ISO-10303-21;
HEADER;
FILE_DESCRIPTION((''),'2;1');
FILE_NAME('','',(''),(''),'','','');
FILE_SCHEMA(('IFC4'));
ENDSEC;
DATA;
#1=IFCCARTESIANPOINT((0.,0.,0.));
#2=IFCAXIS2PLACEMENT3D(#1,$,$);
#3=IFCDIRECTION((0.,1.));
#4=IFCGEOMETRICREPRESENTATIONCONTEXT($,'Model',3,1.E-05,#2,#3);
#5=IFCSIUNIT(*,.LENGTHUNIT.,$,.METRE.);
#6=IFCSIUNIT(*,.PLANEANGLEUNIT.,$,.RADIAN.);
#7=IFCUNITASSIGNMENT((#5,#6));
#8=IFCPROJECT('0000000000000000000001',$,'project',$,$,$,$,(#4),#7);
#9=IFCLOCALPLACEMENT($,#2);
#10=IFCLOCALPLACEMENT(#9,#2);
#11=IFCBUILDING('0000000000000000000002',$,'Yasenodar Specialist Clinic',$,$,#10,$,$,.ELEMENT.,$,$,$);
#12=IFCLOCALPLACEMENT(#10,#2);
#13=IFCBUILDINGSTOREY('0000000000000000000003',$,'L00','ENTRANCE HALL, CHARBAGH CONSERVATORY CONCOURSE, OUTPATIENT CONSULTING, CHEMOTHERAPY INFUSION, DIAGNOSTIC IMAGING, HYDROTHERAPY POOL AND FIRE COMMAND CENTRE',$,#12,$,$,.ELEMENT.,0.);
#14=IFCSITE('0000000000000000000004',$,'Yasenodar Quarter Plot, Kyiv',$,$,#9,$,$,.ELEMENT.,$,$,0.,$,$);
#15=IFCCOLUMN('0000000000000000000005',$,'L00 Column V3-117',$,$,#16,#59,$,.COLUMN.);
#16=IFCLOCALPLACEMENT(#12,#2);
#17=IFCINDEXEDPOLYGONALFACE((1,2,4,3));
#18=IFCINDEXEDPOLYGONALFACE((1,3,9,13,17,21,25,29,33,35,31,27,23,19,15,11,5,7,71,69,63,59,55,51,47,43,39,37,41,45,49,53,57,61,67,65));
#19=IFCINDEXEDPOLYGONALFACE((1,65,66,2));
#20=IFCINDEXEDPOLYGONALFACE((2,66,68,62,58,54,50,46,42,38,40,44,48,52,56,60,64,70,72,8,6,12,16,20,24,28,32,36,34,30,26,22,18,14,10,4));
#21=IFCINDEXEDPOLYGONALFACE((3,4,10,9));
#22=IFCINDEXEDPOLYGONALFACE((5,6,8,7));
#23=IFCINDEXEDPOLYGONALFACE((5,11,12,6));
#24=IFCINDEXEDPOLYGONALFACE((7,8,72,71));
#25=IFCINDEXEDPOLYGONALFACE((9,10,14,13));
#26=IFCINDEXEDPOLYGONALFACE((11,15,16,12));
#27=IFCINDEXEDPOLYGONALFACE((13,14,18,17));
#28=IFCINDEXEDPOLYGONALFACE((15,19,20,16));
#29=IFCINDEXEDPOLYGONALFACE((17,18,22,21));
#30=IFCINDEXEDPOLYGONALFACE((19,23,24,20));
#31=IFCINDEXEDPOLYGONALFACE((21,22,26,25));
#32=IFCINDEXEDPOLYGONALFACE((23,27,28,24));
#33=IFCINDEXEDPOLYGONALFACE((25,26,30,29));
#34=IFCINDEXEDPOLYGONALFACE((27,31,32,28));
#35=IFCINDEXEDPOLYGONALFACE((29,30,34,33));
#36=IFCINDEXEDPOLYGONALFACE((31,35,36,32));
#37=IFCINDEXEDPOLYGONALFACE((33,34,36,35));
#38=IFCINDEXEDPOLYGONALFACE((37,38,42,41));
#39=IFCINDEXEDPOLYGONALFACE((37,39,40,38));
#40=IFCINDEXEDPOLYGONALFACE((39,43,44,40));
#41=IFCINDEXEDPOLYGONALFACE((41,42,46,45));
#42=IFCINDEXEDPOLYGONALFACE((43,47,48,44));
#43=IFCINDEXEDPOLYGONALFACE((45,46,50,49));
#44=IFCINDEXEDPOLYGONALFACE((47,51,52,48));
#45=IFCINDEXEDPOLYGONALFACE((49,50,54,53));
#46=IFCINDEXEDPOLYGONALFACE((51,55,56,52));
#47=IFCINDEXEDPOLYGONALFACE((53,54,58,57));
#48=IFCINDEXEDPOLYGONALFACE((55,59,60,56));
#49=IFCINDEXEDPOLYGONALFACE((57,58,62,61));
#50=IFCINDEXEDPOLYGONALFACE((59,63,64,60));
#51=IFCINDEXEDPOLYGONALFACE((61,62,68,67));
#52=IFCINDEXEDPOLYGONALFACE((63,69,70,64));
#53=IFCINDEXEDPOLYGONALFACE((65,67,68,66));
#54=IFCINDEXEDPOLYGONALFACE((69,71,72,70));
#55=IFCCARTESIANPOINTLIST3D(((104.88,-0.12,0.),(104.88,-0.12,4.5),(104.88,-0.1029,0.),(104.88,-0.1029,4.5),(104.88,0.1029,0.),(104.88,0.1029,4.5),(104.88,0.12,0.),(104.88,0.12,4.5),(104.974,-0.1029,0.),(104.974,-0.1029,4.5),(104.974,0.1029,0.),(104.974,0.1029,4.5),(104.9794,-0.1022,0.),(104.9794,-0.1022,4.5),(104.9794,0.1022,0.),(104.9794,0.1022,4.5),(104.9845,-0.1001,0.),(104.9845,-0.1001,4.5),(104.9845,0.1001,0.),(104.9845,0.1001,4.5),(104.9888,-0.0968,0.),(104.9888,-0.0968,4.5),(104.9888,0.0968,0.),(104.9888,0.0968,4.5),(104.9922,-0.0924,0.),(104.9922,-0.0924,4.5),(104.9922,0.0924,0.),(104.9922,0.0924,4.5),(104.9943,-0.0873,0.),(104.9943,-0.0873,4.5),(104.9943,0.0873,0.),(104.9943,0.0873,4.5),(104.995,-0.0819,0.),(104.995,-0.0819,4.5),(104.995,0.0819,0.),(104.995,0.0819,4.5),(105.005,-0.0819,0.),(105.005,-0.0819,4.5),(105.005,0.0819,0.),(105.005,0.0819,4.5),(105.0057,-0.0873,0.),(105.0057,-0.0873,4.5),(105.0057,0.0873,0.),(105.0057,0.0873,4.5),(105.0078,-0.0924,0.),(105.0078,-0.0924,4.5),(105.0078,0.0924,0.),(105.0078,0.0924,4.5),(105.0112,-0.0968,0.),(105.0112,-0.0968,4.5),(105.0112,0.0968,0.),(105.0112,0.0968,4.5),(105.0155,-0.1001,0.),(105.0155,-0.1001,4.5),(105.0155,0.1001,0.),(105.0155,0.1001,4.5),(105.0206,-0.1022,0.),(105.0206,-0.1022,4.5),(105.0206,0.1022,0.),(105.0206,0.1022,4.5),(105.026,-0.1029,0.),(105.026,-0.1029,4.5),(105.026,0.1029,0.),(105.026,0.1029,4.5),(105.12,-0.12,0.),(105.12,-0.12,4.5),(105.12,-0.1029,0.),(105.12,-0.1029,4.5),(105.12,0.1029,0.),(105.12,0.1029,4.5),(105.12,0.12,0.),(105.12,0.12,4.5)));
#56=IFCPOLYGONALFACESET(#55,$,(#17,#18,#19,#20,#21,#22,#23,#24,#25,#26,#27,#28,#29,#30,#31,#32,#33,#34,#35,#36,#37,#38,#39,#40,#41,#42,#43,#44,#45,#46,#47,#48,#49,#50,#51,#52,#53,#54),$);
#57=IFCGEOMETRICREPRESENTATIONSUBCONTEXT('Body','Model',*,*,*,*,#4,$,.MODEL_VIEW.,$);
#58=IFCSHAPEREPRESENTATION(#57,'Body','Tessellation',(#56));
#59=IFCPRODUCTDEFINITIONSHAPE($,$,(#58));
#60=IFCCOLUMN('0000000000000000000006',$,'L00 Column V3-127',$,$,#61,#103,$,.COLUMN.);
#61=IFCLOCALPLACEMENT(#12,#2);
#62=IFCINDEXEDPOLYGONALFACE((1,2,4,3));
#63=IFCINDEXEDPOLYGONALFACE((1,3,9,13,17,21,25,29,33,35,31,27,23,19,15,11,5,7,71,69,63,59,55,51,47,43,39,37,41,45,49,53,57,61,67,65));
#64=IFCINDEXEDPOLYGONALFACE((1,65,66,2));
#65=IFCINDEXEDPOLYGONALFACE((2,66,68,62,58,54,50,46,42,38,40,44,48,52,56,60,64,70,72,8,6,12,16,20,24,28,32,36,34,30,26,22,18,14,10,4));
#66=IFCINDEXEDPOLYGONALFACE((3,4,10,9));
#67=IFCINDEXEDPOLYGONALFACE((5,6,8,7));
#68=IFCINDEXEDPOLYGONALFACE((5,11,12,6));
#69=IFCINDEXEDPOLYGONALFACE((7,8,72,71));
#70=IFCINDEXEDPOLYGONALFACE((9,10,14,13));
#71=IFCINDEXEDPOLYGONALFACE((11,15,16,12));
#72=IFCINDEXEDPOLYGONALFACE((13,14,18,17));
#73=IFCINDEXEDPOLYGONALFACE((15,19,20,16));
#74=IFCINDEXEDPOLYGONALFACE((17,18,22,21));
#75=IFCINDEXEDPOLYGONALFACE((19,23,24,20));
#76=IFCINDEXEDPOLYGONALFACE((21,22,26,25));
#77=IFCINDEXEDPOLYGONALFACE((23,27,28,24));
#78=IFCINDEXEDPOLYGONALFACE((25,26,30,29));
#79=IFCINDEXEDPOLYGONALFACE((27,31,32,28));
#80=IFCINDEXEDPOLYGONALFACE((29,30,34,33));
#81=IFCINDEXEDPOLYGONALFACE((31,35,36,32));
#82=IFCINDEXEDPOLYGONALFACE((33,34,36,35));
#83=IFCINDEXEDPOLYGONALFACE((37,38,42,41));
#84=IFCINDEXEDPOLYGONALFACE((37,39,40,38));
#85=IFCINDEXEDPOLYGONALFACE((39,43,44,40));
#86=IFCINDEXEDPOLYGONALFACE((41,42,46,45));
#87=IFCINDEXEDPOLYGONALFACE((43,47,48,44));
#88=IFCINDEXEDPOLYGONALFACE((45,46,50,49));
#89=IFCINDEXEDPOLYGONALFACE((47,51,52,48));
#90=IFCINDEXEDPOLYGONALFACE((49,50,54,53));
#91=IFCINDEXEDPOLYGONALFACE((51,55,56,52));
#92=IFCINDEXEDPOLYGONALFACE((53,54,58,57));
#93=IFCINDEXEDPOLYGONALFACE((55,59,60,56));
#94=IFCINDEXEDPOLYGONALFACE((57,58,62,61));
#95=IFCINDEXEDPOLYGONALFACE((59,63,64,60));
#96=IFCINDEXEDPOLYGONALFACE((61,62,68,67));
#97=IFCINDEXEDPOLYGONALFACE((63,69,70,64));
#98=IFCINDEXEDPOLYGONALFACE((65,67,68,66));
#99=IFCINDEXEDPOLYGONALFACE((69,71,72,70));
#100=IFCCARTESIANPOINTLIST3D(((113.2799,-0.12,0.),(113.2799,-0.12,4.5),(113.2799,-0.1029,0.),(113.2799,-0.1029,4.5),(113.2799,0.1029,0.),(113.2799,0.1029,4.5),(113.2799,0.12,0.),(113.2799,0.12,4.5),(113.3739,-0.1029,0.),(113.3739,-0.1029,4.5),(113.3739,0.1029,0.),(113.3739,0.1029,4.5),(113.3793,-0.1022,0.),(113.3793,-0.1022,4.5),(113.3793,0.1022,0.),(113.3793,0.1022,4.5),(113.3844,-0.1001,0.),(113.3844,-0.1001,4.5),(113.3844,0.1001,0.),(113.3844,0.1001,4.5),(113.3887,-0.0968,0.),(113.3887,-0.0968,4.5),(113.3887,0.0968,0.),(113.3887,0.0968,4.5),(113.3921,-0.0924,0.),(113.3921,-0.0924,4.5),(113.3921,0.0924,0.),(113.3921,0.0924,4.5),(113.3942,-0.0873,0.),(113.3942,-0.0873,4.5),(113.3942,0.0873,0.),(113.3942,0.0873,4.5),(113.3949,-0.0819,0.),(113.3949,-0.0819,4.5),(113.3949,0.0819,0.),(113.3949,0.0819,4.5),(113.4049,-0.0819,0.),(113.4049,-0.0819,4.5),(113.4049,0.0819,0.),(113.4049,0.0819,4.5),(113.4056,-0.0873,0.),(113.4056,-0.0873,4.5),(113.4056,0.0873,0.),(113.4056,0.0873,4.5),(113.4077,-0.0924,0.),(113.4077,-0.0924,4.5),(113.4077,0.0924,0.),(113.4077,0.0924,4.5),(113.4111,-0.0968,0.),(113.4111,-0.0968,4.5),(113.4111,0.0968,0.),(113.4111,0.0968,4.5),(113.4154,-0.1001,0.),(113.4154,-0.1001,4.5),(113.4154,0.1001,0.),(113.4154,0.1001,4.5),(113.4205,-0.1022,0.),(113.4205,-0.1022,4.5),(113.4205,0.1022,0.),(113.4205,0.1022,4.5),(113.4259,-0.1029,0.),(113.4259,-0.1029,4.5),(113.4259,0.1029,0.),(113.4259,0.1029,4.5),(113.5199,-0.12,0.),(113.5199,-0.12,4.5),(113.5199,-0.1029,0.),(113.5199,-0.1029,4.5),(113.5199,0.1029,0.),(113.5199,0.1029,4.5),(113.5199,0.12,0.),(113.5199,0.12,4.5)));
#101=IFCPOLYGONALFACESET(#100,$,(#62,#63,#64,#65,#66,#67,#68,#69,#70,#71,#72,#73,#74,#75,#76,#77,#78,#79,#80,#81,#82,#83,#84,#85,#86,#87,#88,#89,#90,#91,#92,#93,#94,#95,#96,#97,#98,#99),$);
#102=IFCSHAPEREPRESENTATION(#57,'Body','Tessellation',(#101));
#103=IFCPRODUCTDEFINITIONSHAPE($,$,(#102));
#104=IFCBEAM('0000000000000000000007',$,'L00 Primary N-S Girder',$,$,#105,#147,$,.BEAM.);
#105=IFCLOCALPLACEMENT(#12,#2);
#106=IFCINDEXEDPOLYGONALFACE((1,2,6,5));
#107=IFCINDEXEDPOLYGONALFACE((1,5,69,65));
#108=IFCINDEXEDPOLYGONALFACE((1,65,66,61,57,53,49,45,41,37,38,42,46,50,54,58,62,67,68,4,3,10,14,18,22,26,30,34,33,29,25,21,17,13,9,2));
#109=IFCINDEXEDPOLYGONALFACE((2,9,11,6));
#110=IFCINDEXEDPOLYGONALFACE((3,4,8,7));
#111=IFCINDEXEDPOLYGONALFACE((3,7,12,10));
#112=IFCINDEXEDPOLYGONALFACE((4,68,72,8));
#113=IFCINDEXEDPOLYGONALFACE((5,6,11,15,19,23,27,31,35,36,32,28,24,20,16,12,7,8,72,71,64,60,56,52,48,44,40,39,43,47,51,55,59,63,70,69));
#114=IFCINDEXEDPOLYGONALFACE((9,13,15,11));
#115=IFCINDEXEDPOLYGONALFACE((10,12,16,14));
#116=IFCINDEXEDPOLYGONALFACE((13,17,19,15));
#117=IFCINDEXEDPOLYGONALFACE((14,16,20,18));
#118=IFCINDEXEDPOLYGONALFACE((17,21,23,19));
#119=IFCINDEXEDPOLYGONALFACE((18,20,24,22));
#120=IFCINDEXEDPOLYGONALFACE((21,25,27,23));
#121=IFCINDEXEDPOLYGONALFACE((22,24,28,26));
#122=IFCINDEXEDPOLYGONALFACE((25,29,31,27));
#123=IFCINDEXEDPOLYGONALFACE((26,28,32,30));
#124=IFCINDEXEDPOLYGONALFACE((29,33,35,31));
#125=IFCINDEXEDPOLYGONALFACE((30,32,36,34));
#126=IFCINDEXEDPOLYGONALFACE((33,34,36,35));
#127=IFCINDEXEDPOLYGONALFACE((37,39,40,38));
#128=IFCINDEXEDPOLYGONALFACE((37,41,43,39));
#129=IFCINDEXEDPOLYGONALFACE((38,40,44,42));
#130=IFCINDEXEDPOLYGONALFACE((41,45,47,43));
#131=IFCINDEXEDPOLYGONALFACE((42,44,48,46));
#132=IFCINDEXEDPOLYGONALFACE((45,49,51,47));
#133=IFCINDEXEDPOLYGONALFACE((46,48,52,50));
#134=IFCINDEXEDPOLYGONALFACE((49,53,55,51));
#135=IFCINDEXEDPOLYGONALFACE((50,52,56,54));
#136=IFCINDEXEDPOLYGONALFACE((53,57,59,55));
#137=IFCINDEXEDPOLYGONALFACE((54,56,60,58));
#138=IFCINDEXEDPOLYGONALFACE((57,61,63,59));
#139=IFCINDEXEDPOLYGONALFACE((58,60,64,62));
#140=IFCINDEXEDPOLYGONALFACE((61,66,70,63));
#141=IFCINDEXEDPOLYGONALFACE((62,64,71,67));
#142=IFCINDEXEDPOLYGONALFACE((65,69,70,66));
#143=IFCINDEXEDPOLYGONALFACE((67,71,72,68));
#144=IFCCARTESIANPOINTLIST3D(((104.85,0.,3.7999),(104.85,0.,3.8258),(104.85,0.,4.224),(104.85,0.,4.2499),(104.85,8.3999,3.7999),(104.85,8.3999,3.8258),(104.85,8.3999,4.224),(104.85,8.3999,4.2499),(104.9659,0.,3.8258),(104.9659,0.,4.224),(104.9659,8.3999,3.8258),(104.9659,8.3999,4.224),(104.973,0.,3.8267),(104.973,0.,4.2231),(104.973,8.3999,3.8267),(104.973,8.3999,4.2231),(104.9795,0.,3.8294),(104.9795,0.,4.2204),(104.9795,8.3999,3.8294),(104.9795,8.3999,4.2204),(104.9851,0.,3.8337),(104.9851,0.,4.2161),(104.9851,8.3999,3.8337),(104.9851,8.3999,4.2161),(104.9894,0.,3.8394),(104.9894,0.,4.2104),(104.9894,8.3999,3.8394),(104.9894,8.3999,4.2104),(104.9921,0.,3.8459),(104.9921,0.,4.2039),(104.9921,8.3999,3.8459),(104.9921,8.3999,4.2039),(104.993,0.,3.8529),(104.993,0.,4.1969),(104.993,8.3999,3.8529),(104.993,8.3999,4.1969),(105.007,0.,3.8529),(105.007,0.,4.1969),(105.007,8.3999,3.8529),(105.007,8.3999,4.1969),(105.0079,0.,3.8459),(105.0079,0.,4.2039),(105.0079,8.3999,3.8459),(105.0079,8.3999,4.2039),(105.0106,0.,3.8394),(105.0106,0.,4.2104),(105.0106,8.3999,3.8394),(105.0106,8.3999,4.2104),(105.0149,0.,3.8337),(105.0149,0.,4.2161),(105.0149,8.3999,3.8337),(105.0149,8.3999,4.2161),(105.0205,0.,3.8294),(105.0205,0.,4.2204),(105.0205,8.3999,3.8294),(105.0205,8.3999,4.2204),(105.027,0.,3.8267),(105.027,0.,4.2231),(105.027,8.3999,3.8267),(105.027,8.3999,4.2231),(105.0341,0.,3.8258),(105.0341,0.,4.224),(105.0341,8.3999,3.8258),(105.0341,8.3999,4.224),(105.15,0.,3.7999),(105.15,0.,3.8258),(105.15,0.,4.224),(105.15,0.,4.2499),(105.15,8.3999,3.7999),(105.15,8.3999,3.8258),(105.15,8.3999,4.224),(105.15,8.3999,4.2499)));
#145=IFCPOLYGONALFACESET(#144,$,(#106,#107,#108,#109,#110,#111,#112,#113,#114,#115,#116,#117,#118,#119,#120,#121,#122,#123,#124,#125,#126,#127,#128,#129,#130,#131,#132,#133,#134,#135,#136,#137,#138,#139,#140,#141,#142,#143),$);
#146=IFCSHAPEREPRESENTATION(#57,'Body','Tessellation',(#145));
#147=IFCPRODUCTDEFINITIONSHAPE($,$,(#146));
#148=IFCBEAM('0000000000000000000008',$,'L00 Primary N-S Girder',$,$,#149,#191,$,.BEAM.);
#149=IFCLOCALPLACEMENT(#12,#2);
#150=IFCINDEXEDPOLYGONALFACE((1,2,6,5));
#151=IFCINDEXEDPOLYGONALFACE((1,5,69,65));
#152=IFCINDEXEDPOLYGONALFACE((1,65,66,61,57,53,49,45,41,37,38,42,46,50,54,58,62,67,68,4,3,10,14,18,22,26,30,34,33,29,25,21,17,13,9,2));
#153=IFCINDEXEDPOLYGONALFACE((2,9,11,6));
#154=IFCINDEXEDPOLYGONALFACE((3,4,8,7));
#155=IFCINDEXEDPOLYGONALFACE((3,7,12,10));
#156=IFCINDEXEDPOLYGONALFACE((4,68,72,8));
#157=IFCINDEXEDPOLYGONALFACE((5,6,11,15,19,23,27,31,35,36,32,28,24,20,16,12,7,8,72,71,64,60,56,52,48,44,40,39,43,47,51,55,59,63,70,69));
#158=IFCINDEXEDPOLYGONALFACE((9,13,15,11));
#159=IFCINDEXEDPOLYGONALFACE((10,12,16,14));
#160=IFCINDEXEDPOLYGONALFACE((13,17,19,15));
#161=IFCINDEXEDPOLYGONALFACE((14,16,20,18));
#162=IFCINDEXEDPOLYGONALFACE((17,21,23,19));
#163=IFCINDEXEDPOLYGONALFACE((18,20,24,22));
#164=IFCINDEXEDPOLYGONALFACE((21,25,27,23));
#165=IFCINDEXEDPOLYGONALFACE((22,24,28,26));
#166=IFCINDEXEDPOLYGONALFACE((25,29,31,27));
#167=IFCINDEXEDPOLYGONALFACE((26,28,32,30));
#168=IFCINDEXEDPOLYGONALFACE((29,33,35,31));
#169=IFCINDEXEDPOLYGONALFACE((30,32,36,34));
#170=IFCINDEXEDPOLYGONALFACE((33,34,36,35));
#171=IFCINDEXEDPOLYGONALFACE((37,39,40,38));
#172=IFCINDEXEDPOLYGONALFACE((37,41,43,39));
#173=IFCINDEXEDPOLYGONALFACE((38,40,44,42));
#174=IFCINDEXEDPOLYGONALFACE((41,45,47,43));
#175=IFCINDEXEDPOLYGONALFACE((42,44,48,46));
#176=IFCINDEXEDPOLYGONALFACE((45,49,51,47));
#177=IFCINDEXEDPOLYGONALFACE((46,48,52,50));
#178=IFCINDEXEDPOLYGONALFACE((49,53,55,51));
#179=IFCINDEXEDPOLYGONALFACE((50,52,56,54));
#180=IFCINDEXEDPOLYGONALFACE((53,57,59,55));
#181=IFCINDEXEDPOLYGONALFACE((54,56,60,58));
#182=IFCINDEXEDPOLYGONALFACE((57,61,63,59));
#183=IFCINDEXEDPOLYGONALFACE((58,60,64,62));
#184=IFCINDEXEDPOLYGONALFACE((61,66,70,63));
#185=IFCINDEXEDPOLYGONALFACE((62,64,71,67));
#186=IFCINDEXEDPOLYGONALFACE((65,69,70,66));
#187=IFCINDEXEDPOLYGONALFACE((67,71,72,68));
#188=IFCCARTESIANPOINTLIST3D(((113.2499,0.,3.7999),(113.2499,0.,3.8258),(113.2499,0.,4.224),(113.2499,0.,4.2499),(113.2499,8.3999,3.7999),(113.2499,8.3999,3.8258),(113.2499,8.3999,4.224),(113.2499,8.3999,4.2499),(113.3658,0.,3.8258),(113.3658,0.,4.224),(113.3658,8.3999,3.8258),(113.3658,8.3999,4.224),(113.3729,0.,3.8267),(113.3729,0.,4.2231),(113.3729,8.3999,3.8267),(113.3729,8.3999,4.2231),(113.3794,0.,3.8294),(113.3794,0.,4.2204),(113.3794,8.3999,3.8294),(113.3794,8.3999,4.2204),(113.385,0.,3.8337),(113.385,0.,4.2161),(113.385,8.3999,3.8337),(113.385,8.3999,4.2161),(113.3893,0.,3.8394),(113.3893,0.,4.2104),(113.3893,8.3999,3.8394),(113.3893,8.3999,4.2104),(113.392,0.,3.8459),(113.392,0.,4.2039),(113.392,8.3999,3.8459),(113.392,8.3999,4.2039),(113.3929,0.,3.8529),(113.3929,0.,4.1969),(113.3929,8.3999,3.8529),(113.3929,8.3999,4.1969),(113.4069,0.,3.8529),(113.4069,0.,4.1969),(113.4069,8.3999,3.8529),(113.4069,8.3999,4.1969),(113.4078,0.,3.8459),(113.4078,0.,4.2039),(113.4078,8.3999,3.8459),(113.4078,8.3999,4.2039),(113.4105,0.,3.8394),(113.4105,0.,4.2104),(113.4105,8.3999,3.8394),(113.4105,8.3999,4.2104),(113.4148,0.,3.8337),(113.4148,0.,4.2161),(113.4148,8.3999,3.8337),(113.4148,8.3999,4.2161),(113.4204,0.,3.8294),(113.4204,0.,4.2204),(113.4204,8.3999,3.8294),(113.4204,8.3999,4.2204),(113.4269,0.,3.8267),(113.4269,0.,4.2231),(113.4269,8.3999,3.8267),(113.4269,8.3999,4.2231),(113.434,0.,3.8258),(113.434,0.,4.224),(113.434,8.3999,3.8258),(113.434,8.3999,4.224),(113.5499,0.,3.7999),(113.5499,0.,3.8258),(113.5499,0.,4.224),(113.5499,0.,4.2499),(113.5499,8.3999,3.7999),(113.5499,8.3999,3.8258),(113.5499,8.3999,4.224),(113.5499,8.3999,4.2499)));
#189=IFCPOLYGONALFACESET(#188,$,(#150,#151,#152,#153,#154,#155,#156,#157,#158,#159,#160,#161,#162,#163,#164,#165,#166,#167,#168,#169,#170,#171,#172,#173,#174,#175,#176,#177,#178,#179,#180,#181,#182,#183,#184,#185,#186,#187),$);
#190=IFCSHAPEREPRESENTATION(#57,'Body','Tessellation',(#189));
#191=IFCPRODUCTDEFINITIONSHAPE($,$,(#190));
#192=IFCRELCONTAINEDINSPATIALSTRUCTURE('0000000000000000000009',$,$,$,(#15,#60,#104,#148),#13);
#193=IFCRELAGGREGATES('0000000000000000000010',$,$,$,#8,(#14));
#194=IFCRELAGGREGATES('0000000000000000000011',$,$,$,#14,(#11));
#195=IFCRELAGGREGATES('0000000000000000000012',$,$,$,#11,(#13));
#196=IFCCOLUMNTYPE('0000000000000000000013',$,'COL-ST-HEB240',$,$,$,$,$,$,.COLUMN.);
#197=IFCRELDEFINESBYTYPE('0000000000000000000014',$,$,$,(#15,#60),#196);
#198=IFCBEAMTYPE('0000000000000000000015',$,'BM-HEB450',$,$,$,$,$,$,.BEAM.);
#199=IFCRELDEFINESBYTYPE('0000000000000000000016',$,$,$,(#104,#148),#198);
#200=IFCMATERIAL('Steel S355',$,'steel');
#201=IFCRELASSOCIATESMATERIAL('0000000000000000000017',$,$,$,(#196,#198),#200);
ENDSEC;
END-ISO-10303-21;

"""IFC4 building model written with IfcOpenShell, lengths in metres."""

from ifc_helpers import new_model, si_unit, direction, frame, origin, origin_2d, place, context, subcontext, project, spatial, i_section, extrude, material, material_profile, profile_set, type_object, element, save


model = new_model("IFC4")

# Units and contexts
model_context = context("Model", 3, precision=1e-05, world=origin(), true_north=direction((0.0, 1.0)))
body_context = subcontext(model_context, "Body", "Model", "MODEL_VIEW")
ifc_project = project(units=[si_unit("LENGTHUNIT", "METRE"), si_unit("PLANEANGLEUNIT", "RADIAN")], contexts=[model_context])

# Site, building, storey
site_placement = place(None, origin())
site = spatial("IfcSite", under=ifc_project, at=site_placement, Name="Yasenodar Quarter Plot, Kyiv", CompositionType="ELEMENT", RefElevation=0.0)
building_placement = place(site_placement, origin())
building = spatial("IfcBuilding", under=site, at=building_placement, Name="Yasenodar Specialist Clinic", CompositionType="ELEMENT")
storey_placement = place(building_placement, origin())
storey = spatial("IfcBuildingStorey", under=building, at=storey_placement, Name="L00", Description="ENTRANCE HALL, CHARBAGH CONSERVATORY CONCOURSE, OUTPATIENT CONSULTING, CHEMOTHERAPY INFUSION, DIAGNOSTIC IMAGING, HYDROTHERAPY POOL AND FIRE COMMAND CENTRE", CompositionType="ELEMENT", Elevation=0.0)

# Columns
ifc_material_1 = material(Name="Steel S355", Category="steel")
ifc_material_profile_1 = material_profile(ifc_material_1, i_section(OverallWidth=0.24, OverallDepth=0.24, WebThickness=0.01, FlangeThickness=0.0171, FilletRadius=0.021, at=origin_2d()), Name="HEB 240")
ifc_profile_set_1 = profile_set([ifc_material_profile_1], Name="Steel S355")
column_type = type_object("IfcColumnType", Name="COL-ST-HEB240", PredefinedType="COLUMN", material=ifc_profile_set_1)
for number, where, z_axis, x_axis, name in (
    (1, (105.0, 0.0, 0.0), (0.0, 0.0, 1.0), (1.0, 0.0, 0.0), "L00 Column V3-117"),
    (2, (113.3999, 0.0, 0.0), (0.0, 0.0, 1.0), (1.0, 0.0, 0.0), "L00 Column V3-127"),
):
    element("IfcColumn", number, at=place(storey_placement, frame(where, z_axis=z_axis, x_axis=x_axis)), inside=storey, type_object=column_type, Name=name, PredefinedType="COLUMN", context=body_context, shape_type="SweptSolid", body=[
        extrude(i_section(OverallWidth=0.24, OverallDepth=0.24, WebThickness=0.01, FlangeThickness=0.0171, FilletRadius=0.021, at=origin_2d()), origin(), (0.0, 0.0, 1.0), 4.5),
    ])

# Beams
ifc_material_profile_2 = material_profile(ifc_material_1, i_section(OverallWidth=0.3, OverallDepth=0.45, WebThickness=0.0139, FlangeThickness=0.0259, FilletRadius=0.0271, at=origin_2d()), Name="HEB 450")
ifc_profile_set_2 = profile_set([ifc_material_profile_2], Name="Steel S355")
beam_type_1 = type_object("IfcBeamType", Name="BM-HEB450", PredefinedType="BEAM", material=ifc_profile_set_2)
for number, where, z_axis, x_axis, name in (
    (3, (105.0, 0.0, 4.0249), (0.0, 1.0, 0.0), (-1.0, 0.0, 0.0), "L00 Primary N-S Girder"),
    (4, (113.3999, 0.0, 4.0249), (0.0, 1.0, 0.0), (-1.0, 0.0, 0.0), "L00 Primary N-S Girder"),
):
    element("IfcBeam", number, at=place(storey_placement, frame(where, z_axis=z_axis, x_axis=x_axis)), inside=storey, type_object=beam_type_1, Name=name, PredefinedType="BEAM", context=body_context, shape_type="SweptSolid", body=[
        extrude(i_section(OverallWidth=0.3, OverallDepth=0.45, WebThickness=0.0139, FlangeThickness=0.0259, FilletRadius=0.0271, at=origin_2d()), origin(), (0.0, 0.0, 1.0), 8.3999),
    ])

save(model, "model.ifc")
